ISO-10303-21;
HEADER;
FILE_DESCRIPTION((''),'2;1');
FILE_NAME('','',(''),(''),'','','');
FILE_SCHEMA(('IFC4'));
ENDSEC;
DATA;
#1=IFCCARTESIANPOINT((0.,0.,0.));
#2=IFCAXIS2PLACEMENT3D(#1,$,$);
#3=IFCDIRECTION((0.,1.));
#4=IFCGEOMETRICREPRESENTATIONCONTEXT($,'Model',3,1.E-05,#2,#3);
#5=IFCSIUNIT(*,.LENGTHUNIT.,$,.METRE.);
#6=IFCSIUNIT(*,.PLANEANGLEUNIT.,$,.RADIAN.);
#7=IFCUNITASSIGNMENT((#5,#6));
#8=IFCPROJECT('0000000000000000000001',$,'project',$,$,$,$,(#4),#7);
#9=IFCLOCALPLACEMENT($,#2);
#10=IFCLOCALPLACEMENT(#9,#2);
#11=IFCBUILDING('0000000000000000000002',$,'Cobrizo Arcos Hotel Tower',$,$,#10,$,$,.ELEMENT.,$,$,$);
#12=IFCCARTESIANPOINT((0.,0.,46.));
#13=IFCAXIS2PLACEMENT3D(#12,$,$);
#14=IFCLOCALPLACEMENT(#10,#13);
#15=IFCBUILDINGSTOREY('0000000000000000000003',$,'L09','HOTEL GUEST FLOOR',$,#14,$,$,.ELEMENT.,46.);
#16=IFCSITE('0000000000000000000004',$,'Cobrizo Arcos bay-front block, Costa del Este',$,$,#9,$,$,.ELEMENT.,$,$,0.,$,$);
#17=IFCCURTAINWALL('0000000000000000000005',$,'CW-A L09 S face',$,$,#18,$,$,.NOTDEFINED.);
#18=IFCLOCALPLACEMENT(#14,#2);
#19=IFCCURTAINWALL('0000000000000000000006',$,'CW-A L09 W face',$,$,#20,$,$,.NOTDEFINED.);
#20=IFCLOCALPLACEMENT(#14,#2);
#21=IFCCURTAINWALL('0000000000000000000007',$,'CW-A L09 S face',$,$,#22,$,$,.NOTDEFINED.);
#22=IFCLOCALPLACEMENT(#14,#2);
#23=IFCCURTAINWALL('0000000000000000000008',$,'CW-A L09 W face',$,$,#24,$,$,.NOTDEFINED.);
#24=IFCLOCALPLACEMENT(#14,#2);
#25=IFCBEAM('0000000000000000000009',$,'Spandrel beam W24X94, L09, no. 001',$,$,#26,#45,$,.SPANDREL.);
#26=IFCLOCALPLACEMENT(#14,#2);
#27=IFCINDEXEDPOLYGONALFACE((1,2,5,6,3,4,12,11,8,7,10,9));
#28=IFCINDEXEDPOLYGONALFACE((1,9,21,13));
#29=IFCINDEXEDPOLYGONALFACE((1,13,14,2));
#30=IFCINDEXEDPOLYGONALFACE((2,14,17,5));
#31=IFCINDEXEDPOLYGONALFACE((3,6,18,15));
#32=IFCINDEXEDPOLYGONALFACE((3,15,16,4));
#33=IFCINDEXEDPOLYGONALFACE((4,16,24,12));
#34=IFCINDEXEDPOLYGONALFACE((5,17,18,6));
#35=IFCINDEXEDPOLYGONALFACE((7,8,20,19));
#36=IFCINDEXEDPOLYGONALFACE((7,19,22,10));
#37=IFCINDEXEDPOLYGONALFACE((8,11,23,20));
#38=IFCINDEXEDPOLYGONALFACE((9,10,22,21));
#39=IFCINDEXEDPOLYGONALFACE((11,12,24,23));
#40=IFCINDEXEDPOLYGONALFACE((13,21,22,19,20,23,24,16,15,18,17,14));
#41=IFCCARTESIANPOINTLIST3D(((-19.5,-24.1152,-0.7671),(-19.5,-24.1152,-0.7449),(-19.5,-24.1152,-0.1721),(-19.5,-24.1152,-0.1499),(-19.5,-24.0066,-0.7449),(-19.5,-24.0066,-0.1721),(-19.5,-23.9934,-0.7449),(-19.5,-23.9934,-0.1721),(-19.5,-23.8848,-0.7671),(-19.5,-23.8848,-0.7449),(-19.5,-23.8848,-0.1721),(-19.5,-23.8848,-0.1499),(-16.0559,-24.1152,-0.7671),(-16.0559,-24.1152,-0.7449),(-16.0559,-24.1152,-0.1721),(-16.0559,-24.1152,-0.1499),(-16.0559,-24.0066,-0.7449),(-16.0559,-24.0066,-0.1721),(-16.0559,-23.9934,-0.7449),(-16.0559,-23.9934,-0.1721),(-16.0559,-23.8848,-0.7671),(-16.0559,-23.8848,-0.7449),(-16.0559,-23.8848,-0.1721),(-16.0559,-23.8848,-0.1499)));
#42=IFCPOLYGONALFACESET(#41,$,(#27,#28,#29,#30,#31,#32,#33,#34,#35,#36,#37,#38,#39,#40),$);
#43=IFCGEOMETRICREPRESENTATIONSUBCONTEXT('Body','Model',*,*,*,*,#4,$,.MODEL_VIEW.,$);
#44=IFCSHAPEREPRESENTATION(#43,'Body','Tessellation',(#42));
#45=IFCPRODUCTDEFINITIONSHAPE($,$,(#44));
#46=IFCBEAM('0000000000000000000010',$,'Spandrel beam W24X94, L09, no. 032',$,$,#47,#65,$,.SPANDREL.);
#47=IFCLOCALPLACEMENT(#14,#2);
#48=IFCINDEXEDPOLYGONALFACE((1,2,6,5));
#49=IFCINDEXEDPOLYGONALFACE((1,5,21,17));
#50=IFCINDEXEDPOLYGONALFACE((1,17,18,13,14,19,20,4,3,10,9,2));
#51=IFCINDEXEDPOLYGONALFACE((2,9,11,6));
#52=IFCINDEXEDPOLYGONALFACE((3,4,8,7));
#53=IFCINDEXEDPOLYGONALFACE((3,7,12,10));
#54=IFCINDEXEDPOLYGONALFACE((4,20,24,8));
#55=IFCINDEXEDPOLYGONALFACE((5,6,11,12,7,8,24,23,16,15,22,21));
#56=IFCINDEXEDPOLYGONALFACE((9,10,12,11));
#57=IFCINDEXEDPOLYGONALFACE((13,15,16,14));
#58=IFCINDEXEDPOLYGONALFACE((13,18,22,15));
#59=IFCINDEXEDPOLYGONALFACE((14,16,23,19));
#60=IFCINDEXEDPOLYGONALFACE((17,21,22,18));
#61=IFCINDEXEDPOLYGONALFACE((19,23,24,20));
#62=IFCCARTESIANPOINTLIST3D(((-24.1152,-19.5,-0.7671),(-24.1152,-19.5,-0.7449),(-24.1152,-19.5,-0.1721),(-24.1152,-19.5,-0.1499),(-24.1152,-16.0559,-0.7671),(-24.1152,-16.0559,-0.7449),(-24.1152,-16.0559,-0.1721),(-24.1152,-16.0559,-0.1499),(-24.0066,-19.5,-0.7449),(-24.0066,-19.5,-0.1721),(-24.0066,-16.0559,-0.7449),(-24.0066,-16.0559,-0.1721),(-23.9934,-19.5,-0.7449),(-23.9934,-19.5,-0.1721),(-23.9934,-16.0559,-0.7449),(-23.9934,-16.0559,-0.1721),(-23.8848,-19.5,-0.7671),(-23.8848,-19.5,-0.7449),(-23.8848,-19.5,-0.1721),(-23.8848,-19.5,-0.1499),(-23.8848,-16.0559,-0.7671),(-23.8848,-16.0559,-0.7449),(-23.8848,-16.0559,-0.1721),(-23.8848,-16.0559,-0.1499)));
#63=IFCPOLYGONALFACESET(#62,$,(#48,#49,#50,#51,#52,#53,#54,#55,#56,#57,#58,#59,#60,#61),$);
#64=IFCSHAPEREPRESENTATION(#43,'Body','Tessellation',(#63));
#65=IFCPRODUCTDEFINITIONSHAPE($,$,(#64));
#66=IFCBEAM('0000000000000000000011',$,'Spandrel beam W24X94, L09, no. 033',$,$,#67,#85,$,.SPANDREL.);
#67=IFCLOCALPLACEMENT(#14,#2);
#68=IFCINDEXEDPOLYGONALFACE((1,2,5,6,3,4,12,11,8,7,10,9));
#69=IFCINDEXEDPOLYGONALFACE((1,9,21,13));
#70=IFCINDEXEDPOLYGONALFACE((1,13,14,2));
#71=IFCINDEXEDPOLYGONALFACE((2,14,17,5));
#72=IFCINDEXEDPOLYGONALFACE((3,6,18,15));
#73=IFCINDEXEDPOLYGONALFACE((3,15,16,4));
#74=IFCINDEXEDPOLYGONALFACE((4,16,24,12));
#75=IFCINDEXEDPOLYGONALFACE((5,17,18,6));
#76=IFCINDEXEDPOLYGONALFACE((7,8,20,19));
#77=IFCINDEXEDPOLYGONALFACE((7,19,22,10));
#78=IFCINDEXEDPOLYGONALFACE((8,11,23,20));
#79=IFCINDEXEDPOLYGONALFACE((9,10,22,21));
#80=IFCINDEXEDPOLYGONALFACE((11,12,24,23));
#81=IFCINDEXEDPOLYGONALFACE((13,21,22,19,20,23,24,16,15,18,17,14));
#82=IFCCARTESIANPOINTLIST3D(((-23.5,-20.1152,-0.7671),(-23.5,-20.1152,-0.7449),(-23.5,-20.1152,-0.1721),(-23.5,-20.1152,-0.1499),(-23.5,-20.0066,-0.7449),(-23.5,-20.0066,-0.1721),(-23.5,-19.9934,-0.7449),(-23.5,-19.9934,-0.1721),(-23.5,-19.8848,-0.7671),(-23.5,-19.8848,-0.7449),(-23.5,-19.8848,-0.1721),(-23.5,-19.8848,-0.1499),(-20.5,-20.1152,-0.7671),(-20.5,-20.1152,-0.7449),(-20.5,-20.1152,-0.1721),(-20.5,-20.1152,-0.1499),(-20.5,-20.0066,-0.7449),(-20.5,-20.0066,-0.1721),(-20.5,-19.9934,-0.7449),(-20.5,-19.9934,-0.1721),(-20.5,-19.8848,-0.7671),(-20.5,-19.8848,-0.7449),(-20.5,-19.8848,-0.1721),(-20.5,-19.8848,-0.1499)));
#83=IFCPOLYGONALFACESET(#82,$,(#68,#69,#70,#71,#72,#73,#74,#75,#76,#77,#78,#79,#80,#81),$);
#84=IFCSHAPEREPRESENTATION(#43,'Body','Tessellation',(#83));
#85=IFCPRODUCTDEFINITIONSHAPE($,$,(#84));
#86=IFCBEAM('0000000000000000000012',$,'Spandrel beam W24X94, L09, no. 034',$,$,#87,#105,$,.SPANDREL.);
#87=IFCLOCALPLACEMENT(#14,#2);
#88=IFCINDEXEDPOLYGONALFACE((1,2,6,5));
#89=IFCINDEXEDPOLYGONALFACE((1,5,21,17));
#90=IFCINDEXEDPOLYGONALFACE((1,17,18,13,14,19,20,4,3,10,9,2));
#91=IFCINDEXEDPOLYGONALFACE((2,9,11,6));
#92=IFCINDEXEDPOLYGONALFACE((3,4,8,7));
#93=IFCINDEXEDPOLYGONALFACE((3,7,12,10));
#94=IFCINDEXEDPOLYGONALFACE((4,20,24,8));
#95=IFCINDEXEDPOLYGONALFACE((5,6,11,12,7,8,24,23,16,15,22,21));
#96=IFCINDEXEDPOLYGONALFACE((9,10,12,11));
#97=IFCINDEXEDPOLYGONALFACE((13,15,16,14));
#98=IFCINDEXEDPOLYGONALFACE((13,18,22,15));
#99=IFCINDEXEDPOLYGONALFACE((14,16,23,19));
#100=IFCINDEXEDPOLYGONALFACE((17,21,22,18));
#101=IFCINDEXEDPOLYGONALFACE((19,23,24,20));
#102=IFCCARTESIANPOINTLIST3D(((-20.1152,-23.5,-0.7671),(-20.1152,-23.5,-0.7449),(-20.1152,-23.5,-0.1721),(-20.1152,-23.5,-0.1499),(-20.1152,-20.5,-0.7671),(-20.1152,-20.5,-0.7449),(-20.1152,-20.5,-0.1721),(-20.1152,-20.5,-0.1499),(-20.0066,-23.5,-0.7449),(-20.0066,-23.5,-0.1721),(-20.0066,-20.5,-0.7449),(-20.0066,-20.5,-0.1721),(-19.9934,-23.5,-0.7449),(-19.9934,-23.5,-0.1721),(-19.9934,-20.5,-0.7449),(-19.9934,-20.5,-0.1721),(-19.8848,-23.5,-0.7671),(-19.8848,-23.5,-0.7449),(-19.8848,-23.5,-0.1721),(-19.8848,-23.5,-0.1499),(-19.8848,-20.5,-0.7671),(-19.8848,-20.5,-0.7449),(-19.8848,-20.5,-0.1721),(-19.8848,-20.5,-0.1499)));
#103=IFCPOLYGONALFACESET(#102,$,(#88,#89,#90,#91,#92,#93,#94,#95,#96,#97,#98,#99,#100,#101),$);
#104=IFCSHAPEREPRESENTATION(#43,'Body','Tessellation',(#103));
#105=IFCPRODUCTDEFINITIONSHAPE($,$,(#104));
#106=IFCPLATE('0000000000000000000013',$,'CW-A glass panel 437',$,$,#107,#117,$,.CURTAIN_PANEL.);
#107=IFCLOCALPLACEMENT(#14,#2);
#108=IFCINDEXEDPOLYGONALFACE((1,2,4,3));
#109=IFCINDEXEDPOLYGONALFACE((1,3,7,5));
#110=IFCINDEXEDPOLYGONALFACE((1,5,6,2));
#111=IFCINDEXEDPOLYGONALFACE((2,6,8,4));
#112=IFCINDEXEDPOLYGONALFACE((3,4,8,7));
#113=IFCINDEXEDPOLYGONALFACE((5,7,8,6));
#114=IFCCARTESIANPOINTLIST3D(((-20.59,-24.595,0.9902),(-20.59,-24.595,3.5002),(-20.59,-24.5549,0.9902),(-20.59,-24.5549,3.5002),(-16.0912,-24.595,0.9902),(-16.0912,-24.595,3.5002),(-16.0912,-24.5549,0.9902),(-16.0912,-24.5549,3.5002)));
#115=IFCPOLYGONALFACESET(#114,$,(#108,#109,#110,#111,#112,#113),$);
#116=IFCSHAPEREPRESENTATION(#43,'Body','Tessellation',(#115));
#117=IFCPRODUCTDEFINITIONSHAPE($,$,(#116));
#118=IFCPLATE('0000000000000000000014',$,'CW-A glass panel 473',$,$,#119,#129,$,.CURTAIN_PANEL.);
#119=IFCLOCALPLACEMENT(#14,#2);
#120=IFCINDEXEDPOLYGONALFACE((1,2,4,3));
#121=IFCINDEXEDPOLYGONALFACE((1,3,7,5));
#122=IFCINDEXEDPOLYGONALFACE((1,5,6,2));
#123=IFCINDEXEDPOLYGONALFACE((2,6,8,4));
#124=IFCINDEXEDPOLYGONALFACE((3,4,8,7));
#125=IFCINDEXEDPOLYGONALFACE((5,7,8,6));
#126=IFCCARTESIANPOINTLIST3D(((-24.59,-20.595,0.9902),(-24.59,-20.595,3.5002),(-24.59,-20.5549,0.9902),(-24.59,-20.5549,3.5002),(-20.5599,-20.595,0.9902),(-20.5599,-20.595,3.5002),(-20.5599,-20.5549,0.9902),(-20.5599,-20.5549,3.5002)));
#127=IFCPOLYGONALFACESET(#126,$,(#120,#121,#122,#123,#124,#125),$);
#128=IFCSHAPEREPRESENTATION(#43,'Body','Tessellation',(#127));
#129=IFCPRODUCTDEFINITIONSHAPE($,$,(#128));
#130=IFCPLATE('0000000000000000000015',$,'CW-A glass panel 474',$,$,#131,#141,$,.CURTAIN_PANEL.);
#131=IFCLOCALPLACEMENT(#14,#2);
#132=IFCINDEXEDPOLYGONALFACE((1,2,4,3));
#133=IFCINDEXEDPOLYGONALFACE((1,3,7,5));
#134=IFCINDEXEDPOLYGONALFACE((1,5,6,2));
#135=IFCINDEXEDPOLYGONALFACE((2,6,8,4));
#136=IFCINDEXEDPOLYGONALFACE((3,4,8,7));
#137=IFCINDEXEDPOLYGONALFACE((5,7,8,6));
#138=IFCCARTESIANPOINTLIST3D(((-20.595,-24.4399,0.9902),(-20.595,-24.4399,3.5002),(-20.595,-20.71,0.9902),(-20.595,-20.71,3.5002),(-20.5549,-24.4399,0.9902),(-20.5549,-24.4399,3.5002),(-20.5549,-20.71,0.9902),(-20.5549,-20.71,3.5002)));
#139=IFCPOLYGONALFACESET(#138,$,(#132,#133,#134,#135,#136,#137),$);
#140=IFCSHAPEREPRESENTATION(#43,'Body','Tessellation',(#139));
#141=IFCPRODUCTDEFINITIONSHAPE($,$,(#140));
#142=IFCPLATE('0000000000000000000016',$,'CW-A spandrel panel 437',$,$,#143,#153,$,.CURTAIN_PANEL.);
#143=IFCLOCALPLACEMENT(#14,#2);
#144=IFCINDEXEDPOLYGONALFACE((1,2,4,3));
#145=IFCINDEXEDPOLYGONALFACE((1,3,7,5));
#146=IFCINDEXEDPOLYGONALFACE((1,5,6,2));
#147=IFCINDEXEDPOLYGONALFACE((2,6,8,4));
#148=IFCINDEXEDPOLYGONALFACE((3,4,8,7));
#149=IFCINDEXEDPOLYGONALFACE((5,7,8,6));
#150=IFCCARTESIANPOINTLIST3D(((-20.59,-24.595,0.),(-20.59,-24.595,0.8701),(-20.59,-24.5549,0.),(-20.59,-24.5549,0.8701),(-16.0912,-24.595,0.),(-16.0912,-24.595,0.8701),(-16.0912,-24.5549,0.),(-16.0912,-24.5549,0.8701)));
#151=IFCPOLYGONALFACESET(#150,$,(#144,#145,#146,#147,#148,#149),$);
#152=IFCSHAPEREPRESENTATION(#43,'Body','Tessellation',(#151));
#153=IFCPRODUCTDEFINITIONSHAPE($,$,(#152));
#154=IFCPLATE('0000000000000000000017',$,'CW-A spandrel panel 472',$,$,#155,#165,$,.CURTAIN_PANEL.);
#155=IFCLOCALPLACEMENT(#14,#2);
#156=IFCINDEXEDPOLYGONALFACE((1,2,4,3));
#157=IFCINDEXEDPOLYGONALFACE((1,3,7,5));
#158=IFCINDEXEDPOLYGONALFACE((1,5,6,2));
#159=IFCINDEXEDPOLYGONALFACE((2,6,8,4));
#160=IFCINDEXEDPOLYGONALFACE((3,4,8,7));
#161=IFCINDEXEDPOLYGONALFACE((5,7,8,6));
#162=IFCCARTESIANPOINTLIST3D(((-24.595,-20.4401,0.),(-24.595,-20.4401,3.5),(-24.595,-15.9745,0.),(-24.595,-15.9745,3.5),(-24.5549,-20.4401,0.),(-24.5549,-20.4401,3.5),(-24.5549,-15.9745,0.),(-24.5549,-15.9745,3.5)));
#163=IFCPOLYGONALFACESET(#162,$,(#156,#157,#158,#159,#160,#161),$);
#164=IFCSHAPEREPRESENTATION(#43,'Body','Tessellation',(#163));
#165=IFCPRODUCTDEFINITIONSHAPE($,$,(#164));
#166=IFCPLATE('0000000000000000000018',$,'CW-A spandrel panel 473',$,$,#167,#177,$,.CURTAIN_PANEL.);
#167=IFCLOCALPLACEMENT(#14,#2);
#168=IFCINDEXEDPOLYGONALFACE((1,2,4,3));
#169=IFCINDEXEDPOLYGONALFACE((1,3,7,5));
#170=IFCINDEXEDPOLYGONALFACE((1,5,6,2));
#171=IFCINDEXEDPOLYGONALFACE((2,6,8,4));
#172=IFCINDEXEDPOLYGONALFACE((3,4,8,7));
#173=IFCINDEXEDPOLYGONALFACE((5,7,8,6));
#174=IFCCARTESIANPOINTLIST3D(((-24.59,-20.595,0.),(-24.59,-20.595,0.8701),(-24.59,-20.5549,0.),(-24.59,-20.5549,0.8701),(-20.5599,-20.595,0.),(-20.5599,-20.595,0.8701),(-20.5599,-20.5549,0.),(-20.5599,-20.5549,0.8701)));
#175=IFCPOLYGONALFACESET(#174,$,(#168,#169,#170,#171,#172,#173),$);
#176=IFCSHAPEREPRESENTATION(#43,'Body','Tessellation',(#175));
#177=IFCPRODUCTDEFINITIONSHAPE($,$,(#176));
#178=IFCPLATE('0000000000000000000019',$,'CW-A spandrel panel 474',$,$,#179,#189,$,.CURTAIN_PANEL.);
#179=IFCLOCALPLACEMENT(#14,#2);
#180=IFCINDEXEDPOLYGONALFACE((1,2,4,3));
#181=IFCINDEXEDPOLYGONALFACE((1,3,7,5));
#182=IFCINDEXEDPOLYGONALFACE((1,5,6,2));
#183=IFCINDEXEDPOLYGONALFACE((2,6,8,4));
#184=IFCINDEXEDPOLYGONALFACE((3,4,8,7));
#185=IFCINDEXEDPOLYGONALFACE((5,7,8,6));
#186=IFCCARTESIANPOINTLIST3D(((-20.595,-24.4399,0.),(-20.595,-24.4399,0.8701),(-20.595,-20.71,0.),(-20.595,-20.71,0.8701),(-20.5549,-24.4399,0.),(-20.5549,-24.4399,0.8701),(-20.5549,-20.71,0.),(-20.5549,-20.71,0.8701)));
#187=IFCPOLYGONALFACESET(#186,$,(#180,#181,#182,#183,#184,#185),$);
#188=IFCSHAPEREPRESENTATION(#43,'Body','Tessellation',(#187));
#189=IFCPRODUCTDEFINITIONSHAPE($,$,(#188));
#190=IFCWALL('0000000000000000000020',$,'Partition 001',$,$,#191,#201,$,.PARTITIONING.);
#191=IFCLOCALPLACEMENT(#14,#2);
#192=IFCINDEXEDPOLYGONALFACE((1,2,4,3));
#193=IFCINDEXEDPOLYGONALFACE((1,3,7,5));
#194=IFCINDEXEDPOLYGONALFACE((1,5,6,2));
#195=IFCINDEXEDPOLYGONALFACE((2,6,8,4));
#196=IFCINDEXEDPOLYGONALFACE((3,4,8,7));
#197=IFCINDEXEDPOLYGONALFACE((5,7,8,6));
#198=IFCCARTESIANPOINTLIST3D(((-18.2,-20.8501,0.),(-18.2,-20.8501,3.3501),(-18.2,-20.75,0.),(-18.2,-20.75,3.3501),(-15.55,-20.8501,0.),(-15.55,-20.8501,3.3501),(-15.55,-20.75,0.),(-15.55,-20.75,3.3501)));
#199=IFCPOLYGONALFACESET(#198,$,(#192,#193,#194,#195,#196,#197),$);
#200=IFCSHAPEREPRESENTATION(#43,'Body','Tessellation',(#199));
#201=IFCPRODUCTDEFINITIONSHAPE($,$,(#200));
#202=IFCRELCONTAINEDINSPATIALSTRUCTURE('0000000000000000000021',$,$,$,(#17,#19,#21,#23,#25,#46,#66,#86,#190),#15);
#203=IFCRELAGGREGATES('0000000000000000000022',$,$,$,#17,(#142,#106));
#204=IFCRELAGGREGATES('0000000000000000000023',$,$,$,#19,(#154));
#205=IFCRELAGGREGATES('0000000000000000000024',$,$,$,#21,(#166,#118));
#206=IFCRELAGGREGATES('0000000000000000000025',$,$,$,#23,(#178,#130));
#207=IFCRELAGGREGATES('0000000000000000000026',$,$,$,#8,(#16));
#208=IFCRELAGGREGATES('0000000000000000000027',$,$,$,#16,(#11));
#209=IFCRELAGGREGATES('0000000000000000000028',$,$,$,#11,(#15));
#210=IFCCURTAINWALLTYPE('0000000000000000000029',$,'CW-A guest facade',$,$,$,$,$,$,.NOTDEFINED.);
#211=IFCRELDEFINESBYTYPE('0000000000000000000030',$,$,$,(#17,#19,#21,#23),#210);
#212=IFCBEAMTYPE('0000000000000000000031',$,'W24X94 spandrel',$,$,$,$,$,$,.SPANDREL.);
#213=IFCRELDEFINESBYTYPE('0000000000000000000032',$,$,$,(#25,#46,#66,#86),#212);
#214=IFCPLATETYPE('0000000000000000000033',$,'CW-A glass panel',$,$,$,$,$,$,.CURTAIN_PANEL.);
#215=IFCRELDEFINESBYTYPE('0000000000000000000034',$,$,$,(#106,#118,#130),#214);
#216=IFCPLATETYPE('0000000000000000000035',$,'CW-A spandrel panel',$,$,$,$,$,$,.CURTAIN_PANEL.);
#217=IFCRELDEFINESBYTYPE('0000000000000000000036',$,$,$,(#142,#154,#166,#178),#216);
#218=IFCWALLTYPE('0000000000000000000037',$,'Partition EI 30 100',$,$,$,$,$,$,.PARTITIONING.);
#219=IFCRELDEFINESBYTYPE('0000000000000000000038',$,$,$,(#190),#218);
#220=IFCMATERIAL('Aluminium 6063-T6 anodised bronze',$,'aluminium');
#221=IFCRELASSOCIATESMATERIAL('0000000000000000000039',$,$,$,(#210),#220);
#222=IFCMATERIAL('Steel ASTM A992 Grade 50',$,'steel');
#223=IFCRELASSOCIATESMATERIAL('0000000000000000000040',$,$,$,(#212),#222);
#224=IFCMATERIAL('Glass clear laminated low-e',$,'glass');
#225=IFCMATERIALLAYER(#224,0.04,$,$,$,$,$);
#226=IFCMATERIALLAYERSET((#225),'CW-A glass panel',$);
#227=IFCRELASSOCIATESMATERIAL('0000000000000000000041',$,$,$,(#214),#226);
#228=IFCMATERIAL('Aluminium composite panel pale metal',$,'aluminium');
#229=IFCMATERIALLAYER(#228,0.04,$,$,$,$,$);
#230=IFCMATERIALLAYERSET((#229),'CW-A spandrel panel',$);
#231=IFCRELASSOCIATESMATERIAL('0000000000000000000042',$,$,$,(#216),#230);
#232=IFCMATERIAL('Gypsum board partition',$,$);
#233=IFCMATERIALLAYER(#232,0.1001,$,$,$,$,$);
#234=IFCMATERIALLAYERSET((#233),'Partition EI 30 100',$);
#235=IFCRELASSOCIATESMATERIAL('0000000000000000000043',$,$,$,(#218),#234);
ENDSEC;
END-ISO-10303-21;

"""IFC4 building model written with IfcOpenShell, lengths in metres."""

from ifc_helpers import new_model, si_unit, direction, frame, frame_2d, origin, origin_2d, place, context, subcontext, project, spatial, rectangle, i_section, extrude, material, layer, layer_set, material_profile, profile_set, type_object, element, aggregate, save


model = new_model("IFC4")

# Units and contexts
model_context = context("Model", 3, precision=1e-05, world=origin(), true_north=direction((0.0, 1.0)))
body_context = subcontext(model_context, "Body", "Model", "MODEL_VIEW")
ifc_project = project(units=[si_unit("LENGTHUNIT", "METRE"), si_unit("PLANEANGLEUNIT", "RADIAN")], contexts=[model_context])

# Site, building, storey
site_placement = place(None, origin())
site = spatial("IfcSite", under=ifc_project, at=site_placement, Name="Cobrizo Arcos bay-front block, Costa del Este", CompositionType="ELEMENT", RefElevation=0.0)
building_placement = place(site_placement, origin())
building = spatial("IfcBuilding", under=site, at=building_placement, Name="Cobrizo Arcos Hotel Tower", CompositionType="ELEMENT")
storey_placement = place(building_placement, frame((0.0, 0.0, 46.0)))
storey = spatial("IfcBuildingStorey", under=building, at=storey_placement, Name="L09", Description="HOTEL GUEST FLOOR", CompositionType="ELEMENT", Elevation=46.0)

# Curtain walls
ifc_material_1 = material(Name="Aluminium 6063-T6 anodised bronze", Category="aluminium")
curtain_wall_type = type_object("IfcCurtainWallType", Name="CW-A guest facade", PredefinedType="NOTDEFINED", material=ifc_material_1)
curtain_wall_1_placement = place(storey_placement, origin())
curtain_wall_1 = element("IfcCurtainWall", 1, at=curtain_wall_1_placement, inside=storey, type_object=curtain_wall_type, Name="CW-A L09 S face", PredefinedType="NOTDEFINED")
curtain_wall_2_placement = place(storey_placement, origin())
curtain_wall_2 = element("IfcCurtainWall", 2, at=curtain_wall_2_placement, inside=storey, type_object=curtain_wall_type, Name="CW-A L09 W face", PredefinedType="NOTDEFINED")

# Curtain walls
curtain_wall_3_placement = place(storey_placement, origin())
curtain_wall_3 = element("IfcCurtainWall", 3, at=curtain_wall_3_placement, inside=storey, type_object=curtain_wall_type, Name="CW-A L09 S face", PredefinedType="NOTDEFINED")
curtain_wall_4_placement = place(storey_placement, origin())
curtain_wall_4 = element("IfcCurtainWall", 4, at=curtain_wall_4_placement, inside=storey, type_object=curtain_wall_type, Name="CW-A L09 W face", PredefinedType="NOTDEFINED")

# Beams
ifc_material_2 = material(Name="Steel ASTM A992 Grade 50", Category="steel")
ifc_material_profile_1 = material_profile(ifc_material_2, i_section(OverallWidth=0.2305, OverallDepth=0.6172, WebThickness=0.0132, FlangeThickness=0.0222, at=origin_2d()), Name="W24X94")
ifc_profile_set_1 = profile_set([ifc_material_profile_1], Name="Steel ASTM A992 Grade 50")
beam_type_1 = type_object("IfcBeamType", Name="W24X94 spandrel", PredefinedType="SPANDREL", material=ifc_profile_set_1)
for number, where, z_axis, x_axis, name in (
    (5, (-19.5, -24.0, -0.4585), (1.0, 0.0, 0.0), (0.0, 1.0, 0.0), "Spandrel beam W24X94, L09, no. 001"),
    (6, (-24.0, -16.0559, -0.4585), (0.0, -1.0, 0.0), (1.0, 0.0, 0.0), "Spandrel beam W24X94, L09, no. 032"),
):
    element("IfcBeam", number, at=place(storey_placement, frame(where, z_axis=z_axis, x_axis=x_axis)), inside=storey, type_object=beam_type_1, Name=name, PredefinedType="SPANDREL", context=body_context, shape_type="SweptSolid", body=[
        extrude(i_section(OverallWidth=0.2305, OverallDepth=0.6172, WebThickness=0.0132, FlangeThickness=0.0222, at=origin_2d()), origin(), (0.0, 0.0, 1.0), 3.4441),
    ])
for number, where, z_axis, x_axis, name in (
    (7, (-23.5, -20.0, -0.4585), (1.0, 0.0, 0.0), (0.0, 1.0, 0.0), "Spandrel beam W24X94, L09, no. 033"),
    (8, (-20.0, -20.5, -0.4585), (0.0, -1.0, 0.0), (1.0, 0.0, 0.0), "Spandrel beam W24X94, L09, no. 034"),
):
    element("IfcBeam", number, at=place(storey_placement, frame(where, z_axis=z_axis, x_axis=x_axis)), inside=storey, type_object=beam_type_1, Name=name, PredefinedType="SPANDREL", context=body_context, shape_type="SweptSolid", body=[
        extrude(i_section(OverallWidth=0.2305, OverallDepth=0.6172, WebThickness=0.0132, FlangeThickness=0.0222, at=origin_2d()), origin(), (0.0, 0.0, 1.0), 3.0),
    ])

# Plates
ifc_material_3 = material(Name="Glass clear laminated low-e", Category="glass")
ifc_layer_1 = layer(ifc_material_3, 0.04)
ifc_layer_set_1 = layer_set([ifc_layer_1], Name="CW-A glass panel")
plate_type_1 = type_object("IfcPlateType", Name="CW-A glass panel", PredefinedType="CURTAIN_PANEL", material=ifc_layer_set_1)
plate_1_placement = place(storey_placement, frame((-18.3406, -24.575, 0.9902), z_axis=(0.0, 0.0, 1.0), x_axis=(1.0, 0.0, 0.0)))
plate_1 = element("IfcPlate", 9, at=plate_1_placement, type_object=plate_type_1, Name="CW-A glass panel 437", PredefinedType="CURTAIN_PANEL", context=body_context, shape_type="SweptSolid", body=[
    extrude(rectangle(XDim=4.4988, YDim=0.04, at=origin_2d()), origin(), (0.0, 0.0, 1.0), 2.51),
])
plate_2_placement = place(storey_placement, frame((-22.575, -20.575, 0.9902), z_axis=(0.0, 0.0, 1.0), x_axis=(1.0, 0.0, 0.0)))
plate_2 = element("IfcPlate", 10, at=plate_2_placement, type_object=plate_type_1, Name="CW-A glass panel 473", PredefinedType="CURTAIN_PANEL", context=body_context, shape_type="SweptSolid", body=[
    extrude(rectangle(XDim=4.03, YDim=0.04, at=origin_2d()), origin(), (0.0, 0.0, 1.0), 2.51),
])
plate_3_placement = place(storey_placement, frame((-20.575, -22.575, 0.9902), z_axis=(0.0, 0.0, 1.0), x_axis=(0.0, -1.0, 0.0)))
plate_3 = element("IfcPlate", 11, at=plate_3_placement, type_object=plate_type_1, Name="CW-A glass panel 474", PredefinedType="CURTAIN_PANEL", context=body_context, shape_type="SweptSolid", body=[
    extrude(rectangle(XDim=3.73, YDim=0.04, at=origin_2d()), origin(), (0.0, 0.0, 1.0), 2.51),
])
ifc_material_4 = material(Name="Aluminium composite panel pale metal", Category="aluminium")
ifc_layer_2 = layer(ifc_material_4, 0.04)
ifc_layer_set_2 = layer_set([ifc_layer_2], Name="CW-A spandrel panel")
plate_type_2 = type_object("IfcPlateType", Name="CW-A spandrel panel", PredefinedType="CURTAIN_PANEL", material=ifc_layer_set_2)
plate_4_placement = place(storey_placement, frame((-18.3406, -24.575, 0.0), z_axis=(0.0, 0.0, 1.0), x_axis=(1.0, 0.0, 0.0)))
plate_4 = element("IfcPlate", 12, at=plate_4_placement, type_object=plate_type_2, Name="CW-A spandrel panel 437", PredefinedType="CURTAIN_PANEL", context=body_context, shape_type="SweptSolid", body=[
    extrude(rectangle(XDim=4.4988, YDim=0.04, at=origin_2d()), origin(), (0.0, 0.0, 1.0), 0.8701),
])
aggregate(curtain_wall_1, [plate_4, plate_1])
plate_5_placement = place(storey_placement, frame((-24.575, -18.2073, 0.0), z_axis=(0.0, 0.0, 1.0), x_axis=(0.0, -1.0, 0.0)))
plate_5 = element("IfcPlate", 13, at=plate_5_placement, type_object=plate_type_2, Name="CW-A spandrel panel 472", PredefinedType="CURTAIN_PANEL", context=body_context, shape_type="SweptSolid", body=[
    extrude(rectangle(XDim=4.4656, YDim=0.04, at=origin_2d()), origin(), (0.0, 0.0, 1.0), 3.5),
])
aggregate(curtain_wall_2, [plate_5])
plate_6_placement = place(storey_placement, frame((-22.575, -20.575, 0.0), z_axis=(0.0, 0.0, 1.0), x_axis=(1.0, 0.0, 0.0)))
plate_6 = element("IfcPlate", 14, at=plate_6_placement, type_object=plate_type_2, Name="CW-A spandrel panel 473", PredefinedType="CURTAIN_PANEL", context=body_context, shape_type="SweptSolid", body=[
    extrude(rectangle(XDim=4.03, YDim=0.04, at=origin_2d()), origin(), (0.0, 0.0, 1.0), 0.8701),
])
aggregate(curtain_wall_3, [plate_6, plate_2])
plate_7_placement = place(storey_placement, frame((-20.575, -22.575, 0.0), z_axis=(0.0, 0.0, 1.0), x_axis=(0.0, -1.0, 0.0)))
plate_7 = element("IfcPlate", 15, at=plate_7_placement, type_object=plate_type_2, Name="CW-A spandrel panel 474", PredefinedType="CURTAIN_PANEL", context=body_context, shape_type="SweptSolid", body=[
    extrude(rectangle(XDim=3.73, YDim=0.04, at=origin_2d()), origin(), (0.0, 0.0, 1.0), 0.8701),
])
aggregate(curtain_wall_4, [plate_7, plate_3])

# Wall
ifc_material_5 = material(Name="Gypsum board partition")
ifc_layer_3 = layer(ifc_material_5, 0.1001)
ifc_layer_set_3 = layer_set([ifc_layer_3], Name="Partition EI 30 100")
wall_type = type_object("IfcWallType", Name="Partition EI 30 100", PredefinedType="PARTITIONING", material=ifc_layer_set_3)
wall_1_placement = place(storey_placement, frame((-18.2, -20.8, 0.0), z_axis=(0.0, 0.0, 1.0), x_axis=(1.0, 0.0, 0.0)))
element("IfcWall", 16, at=wall_1_placement, inside=storey, type_object=wall_type, Name="Partition 001", PredefinedType="PARTITIONING", context=body_context, shape_type="SweptSolid", body=[
    extrude(rectangle(XDim=2.6499, YDim=0.1001, at=frame_2d((1.325, 0.0))), origin(), (0.0, 0.0, 1.0), 3.3501),
])

save(model, "model.ifc")
